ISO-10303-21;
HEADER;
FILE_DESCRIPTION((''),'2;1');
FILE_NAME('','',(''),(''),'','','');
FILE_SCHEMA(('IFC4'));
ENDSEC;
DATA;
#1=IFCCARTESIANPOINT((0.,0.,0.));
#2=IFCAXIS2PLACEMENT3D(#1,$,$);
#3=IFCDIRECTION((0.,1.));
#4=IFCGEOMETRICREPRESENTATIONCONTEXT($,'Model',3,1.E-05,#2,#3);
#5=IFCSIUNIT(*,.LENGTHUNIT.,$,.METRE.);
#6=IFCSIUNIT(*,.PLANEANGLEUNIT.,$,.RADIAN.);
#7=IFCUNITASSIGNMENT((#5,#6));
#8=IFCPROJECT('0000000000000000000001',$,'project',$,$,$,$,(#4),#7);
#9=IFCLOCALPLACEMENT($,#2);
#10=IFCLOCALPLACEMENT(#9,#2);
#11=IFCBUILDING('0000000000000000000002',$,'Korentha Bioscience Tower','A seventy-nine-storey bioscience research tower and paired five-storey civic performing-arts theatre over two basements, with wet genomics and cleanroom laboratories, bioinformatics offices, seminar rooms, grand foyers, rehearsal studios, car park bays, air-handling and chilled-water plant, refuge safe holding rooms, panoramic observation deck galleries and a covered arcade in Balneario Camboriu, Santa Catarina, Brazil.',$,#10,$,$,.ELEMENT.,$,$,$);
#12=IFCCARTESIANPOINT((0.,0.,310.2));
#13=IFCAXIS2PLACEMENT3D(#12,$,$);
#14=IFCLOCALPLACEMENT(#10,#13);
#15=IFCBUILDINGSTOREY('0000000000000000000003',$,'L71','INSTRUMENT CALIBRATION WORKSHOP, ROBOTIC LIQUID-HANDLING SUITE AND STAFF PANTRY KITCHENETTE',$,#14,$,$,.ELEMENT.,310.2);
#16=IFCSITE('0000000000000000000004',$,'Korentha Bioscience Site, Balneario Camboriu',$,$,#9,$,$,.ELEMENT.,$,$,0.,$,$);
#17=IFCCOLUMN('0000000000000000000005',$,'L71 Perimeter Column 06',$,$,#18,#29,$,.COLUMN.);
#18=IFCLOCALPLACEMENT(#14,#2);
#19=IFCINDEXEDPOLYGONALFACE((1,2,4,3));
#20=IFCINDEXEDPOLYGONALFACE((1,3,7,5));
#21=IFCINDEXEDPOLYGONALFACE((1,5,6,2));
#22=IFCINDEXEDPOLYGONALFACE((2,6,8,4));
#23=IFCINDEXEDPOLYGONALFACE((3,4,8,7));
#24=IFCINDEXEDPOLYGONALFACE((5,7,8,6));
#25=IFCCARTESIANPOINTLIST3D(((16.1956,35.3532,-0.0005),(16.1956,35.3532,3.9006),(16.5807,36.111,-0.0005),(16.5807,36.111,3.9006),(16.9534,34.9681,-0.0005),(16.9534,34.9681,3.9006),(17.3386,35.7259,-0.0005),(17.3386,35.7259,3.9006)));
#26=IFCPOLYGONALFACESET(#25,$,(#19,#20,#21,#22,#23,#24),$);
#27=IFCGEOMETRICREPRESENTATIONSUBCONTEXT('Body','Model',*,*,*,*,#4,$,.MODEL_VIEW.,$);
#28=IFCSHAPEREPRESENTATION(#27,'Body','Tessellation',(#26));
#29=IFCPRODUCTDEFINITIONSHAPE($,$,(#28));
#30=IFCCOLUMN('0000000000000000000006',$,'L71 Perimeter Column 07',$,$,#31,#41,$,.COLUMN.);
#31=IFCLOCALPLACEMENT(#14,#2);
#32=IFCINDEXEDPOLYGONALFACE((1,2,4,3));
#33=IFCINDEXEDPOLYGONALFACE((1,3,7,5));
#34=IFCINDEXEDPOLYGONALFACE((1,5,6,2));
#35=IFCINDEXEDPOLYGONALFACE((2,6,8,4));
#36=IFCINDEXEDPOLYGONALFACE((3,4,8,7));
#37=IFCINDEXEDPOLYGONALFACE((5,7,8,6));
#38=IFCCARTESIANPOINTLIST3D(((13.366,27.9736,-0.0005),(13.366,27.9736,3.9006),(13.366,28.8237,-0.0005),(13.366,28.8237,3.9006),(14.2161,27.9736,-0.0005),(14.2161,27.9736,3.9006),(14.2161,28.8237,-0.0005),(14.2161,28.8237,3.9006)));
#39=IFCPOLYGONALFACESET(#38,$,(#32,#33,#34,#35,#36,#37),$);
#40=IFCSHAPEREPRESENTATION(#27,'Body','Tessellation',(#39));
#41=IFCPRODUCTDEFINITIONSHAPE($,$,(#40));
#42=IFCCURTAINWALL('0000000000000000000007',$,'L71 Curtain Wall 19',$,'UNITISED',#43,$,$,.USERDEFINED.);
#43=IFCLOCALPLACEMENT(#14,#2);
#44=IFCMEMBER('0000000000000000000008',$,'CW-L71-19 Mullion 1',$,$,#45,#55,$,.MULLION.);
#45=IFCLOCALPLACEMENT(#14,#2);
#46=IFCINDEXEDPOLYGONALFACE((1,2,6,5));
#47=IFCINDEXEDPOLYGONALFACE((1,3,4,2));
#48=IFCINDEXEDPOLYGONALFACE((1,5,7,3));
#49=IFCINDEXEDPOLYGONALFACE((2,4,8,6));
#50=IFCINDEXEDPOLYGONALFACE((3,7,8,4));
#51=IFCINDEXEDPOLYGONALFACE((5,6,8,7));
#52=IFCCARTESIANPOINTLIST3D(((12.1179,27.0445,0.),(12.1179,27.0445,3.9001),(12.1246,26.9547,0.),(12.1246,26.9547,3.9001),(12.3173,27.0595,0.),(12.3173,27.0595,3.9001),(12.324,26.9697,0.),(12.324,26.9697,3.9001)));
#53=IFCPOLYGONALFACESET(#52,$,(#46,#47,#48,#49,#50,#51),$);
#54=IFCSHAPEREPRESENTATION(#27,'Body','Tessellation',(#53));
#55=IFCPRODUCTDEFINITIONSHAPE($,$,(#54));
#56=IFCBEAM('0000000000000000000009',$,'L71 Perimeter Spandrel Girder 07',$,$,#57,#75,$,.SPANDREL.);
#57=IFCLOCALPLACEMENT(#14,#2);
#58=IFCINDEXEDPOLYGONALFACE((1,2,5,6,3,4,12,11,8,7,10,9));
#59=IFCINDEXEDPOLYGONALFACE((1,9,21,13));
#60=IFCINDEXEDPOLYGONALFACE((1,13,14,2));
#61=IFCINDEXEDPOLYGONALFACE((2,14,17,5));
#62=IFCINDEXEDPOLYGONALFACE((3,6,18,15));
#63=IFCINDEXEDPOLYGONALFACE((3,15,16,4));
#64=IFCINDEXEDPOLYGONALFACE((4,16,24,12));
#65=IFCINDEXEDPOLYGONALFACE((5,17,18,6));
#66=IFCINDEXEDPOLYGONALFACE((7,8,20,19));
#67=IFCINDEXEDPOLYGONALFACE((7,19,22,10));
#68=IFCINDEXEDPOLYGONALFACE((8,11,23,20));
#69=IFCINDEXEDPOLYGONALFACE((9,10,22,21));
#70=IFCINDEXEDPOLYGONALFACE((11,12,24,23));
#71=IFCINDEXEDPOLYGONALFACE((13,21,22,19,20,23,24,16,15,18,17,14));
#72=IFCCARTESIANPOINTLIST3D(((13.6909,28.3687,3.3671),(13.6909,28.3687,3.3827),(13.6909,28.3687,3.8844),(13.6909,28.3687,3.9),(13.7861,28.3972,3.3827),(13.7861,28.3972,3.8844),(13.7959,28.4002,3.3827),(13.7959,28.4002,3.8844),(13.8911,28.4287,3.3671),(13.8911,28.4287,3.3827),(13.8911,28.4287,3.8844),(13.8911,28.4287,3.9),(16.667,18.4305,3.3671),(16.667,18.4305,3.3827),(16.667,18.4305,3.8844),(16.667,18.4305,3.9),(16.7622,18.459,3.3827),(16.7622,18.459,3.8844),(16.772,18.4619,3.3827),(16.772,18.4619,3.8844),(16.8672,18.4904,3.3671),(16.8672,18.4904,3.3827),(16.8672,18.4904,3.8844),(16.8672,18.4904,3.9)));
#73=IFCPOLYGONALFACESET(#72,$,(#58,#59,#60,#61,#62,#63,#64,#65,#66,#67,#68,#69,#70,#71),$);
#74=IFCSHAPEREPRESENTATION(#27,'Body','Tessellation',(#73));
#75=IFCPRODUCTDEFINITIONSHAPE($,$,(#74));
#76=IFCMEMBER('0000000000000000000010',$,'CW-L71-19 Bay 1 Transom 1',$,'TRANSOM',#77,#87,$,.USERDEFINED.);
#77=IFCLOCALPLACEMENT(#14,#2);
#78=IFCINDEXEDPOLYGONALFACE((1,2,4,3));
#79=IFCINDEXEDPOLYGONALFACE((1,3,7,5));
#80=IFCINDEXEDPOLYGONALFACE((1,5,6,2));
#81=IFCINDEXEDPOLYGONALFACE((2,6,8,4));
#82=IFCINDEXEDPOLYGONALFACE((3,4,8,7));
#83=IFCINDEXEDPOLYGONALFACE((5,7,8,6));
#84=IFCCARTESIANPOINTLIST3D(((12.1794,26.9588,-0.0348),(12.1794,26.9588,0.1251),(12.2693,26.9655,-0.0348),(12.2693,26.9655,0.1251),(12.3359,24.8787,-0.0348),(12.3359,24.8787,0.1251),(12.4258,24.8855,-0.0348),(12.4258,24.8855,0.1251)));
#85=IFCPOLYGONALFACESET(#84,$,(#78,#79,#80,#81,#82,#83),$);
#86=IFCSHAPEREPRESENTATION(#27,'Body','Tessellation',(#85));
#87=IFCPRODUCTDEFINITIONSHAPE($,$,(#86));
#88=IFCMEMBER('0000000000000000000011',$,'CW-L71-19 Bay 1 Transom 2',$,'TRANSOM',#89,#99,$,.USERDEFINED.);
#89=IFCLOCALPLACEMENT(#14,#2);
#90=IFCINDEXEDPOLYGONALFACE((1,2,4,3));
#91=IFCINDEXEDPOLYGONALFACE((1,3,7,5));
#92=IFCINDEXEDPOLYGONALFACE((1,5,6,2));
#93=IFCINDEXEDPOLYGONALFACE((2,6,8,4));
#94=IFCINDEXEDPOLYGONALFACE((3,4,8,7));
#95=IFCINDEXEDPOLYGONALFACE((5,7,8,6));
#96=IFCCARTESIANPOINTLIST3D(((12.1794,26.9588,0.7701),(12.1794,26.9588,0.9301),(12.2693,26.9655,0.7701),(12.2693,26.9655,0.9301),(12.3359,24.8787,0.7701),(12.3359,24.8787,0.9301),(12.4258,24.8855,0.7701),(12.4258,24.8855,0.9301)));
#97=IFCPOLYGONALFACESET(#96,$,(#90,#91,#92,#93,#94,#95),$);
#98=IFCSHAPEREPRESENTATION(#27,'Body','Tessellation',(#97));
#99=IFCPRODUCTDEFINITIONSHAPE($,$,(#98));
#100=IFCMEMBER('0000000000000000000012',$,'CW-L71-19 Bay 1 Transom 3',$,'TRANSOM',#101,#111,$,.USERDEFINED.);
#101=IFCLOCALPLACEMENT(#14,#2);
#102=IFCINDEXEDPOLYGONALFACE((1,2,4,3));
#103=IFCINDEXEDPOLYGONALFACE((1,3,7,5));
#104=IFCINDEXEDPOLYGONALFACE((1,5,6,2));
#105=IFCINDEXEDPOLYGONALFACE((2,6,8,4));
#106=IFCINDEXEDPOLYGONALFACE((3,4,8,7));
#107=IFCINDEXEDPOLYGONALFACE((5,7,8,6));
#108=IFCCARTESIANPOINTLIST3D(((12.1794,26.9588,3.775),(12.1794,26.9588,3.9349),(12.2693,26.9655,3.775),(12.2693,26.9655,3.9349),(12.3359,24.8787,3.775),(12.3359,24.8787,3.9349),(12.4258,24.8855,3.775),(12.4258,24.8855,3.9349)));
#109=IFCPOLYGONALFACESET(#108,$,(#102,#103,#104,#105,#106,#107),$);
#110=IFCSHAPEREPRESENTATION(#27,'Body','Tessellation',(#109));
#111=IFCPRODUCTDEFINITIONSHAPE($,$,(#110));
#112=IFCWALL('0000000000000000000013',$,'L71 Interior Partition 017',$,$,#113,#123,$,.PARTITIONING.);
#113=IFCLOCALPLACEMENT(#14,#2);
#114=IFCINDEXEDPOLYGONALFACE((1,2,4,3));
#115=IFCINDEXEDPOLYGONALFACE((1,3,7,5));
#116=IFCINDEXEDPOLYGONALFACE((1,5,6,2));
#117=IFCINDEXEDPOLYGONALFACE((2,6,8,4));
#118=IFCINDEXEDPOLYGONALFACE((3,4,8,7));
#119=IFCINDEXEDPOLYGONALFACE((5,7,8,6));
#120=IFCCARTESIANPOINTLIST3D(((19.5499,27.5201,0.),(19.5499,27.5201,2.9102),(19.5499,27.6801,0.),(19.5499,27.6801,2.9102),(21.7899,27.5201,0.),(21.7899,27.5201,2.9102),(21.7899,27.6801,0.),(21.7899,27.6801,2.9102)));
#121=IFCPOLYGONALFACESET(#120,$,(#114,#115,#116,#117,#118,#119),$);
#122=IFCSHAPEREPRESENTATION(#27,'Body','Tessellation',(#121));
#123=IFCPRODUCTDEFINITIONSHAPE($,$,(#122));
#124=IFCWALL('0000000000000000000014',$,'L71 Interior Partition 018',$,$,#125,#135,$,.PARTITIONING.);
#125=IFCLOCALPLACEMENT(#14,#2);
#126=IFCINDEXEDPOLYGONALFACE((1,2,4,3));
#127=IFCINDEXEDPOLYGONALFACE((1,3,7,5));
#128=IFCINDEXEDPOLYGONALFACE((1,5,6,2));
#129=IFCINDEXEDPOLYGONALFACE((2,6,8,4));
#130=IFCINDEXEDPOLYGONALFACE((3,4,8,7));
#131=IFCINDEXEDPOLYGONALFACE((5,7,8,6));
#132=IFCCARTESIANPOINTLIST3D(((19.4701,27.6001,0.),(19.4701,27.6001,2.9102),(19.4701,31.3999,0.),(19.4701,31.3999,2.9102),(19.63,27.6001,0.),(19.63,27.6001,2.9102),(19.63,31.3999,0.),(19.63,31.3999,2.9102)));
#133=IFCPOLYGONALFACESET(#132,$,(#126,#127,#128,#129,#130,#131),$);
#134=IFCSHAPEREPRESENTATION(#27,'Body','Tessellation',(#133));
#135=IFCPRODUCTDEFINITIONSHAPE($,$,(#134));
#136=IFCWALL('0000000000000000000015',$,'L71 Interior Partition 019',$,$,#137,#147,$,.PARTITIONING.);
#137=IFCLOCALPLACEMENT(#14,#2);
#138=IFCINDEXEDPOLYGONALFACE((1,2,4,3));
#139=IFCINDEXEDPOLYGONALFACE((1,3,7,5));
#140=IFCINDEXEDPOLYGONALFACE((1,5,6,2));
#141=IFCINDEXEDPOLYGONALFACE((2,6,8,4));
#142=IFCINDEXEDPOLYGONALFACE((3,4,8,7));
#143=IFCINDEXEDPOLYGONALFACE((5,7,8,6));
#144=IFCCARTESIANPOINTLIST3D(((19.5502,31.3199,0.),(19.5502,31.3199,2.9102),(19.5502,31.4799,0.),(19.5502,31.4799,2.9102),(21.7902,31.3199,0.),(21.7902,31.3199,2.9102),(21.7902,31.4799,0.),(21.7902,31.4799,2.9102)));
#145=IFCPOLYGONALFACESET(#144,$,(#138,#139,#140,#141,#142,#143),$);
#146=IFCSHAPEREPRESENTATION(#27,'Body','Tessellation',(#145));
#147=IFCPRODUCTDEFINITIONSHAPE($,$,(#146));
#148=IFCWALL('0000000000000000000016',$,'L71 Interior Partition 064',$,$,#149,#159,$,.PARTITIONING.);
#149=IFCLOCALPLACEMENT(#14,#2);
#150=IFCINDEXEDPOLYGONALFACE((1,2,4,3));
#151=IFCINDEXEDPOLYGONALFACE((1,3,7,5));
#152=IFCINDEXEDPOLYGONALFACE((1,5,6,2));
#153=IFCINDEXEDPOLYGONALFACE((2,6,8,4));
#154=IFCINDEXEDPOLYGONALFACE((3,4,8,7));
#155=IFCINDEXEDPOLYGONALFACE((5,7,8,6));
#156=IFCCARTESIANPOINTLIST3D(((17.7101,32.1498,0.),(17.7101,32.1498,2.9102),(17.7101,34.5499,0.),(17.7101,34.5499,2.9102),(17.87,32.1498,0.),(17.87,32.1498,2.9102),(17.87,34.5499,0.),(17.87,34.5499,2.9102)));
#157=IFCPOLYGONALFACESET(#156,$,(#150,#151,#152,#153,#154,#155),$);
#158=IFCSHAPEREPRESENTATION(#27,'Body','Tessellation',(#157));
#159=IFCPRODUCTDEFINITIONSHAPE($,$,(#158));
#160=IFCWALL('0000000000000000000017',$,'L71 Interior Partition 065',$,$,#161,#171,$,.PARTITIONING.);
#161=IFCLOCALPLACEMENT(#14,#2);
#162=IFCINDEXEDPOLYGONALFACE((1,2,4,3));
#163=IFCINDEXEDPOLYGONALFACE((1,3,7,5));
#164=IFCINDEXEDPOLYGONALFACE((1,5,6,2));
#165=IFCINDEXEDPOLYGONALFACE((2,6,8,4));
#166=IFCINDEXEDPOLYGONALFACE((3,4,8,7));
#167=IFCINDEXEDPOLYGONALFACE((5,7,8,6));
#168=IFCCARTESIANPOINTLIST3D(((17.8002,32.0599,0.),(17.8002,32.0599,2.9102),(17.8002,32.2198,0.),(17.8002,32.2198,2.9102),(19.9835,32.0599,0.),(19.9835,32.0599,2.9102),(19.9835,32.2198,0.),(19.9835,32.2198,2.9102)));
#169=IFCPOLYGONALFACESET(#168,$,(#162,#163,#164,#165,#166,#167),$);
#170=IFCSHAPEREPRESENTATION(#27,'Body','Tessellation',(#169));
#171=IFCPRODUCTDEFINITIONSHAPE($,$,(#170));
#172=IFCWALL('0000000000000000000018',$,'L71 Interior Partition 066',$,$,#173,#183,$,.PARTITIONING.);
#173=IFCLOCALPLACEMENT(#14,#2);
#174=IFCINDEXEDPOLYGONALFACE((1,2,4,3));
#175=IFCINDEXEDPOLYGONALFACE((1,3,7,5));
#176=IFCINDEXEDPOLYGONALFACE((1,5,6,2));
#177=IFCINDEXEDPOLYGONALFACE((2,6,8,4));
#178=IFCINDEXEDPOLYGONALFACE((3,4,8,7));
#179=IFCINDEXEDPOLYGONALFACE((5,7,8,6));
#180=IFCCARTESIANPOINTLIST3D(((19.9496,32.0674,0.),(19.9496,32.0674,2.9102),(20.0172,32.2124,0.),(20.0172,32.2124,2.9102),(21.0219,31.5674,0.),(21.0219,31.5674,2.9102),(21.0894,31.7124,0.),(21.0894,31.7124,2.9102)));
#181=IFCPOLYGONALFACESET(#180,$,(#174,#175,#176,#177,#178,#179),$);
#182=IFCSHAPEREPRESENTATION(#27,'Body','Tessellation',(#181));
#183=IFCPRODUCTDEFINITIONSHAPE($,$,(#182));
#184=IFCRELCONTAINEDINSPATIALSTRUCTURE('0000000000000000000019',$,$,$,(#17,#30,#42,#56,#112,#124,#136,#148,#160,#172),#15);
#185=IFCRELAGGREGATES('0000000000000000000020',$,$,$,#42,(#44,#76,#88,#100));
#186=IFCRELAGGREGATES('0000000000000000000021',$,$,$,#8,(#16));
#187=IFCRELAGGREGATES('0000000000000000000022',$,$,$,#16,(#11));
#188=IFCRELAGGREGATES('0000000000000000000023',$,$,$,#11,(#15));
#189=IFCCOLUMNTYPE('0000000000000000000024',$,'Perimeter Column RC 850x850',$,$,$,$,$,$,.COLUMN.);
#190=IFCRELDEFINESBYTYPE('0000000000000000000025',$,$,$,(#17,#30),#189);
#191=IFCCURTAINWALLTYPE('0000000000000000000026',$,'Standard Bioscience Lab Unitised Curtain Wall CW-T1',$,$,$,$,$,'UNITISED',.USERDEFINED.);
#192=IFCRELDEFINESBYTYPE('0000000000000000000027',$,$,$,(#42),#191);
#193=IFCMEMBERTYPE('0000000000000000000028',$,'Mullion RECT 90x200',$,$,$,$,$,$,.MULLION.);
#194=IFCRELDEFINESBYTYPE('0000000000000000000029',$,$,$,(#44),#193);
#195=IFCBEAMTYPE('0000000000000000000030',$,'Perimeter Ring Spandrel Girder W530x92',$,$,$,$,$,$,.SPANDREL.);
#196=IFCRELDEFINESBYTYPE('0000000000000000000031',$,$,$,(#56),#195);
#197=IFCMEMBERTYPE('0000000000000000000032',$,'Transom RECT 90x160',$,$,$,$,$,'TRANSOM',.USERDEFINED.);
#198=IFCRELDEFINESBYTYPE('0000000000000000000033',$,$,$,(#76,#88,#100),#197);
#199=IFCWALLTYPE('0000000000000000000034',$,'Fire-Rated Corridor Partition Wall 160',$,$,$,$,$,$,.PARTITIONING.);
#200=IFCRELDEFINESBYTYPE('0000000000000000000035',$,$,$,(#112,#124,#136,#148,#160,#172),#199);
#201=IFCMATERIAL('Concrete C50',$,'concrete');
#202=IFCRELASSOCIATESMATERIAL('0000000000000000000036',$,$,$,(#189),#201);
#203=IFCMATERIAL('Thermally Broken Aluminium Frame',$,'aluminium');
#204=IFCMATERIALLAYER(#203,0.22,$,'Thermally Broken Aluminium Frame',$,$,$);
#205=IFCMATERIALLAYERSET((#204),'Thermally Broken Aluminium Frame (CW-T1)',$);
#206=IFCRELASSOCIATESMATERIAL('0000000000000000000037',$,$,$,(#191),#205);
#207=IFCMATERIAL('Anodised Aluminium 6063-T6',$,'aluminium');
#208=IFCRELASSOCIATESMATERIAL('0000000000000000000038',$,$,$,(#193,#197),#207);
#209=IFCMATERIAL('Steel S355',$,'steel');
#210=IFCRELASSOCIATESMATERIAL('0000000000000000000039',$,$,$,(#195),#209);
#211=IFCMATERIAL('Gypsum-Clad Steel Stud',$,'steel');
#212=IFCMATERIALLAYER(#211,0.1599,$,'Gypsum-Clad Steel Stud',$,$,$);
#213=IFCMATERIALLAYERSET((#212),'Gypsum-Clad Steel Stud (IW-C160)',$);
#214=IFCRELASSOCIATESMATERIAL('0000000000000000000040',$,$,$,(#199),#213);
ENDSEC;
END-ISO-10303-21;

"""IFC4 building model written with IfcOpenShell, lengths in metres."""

from ifc_helpers import new_model, si_unit, direction, frame, frame_2d, origin, origin_2d, place, context, subcontext, project, spatial, rectangle, i_section, extrude, material, layer, layer_set, material_profile, profile_set, type_object, element, aggregate, save


model = new_model("IFC4")

# Units and contexts
model_context = context("Model", 3, precision=1e-05, world=origin(), true_north=direction((0.0, 1.0)))
body_context = subcontext(model_context, "Body", "Model", "MODEL_VIEW")
ifc_project = project(units=[si_unit("LENGTHUNIT", "METRE"), si_unit("PLANEANGLEUNIT", "RADIAN")], contexts=[model_context])

# Site, building, storey
site_placement = place(None, origin())
site = spatial("IfcSite", under=ifc_project, at=site_placement, Name="Korentha Bioscience Site, Balneario Camboriu", CompositionType="ELEMENT", RefElevation=0.0)
building_placement = place(site_placement, origin())
building = spatial("IfcBuilding", under=site, at=building_placement, Name="Korentha Bioscience Tower", Description="A seventy-nine-storey bioscience research tower and paired five-storey civic performing-arts theatre over two basements, with wet genomics and cleanroom laboratories, bioinformatics offices, seminar rooms, grand foyers, rehearsal studios, car park bays, air-handling and chilled-water plant, refuge safe holding rooms, panoramic observation deck galleries and a covered arcade in Balneario Camboriu, Santa Catarina, Brazil.", CompositionType="ELEMENT")
storey_placement = place(building_placement, frame((0.0, 0.0, 310.2)))
storey = spatial("IfcBuildingStorey", under=building, at=storey_placement, Name="L71", Description="INSTRUMENT CALIBRATION WORKSHOP, ROBOTIC LIQUID-HANDLING SUITE AND STAFF PANTRY KITCHENETTE", CompositionType="ELEMENT", Elevation=310.2)

# Columns
ifc_material_1 = material(Name="Concrete C50", Category="concrete")
ifc_material_profile_1 = material_profile(ifc_material_1, rectangle(XDim=0.8501, YDim=0.8501, at=origin_2d()), Name="Concrete C50")
ifc_profile_set_1 = profile_set([ifc_material_profile_1], Name="Concrete C50 (COL-P08)")
column_type = type_object("IfcColumnType", Name="Perimeter Column RC 850x850", PredefinedType="COLUMN", material=ifc_profile_set_1)
for number, where, z_axis, x_axis, name in (
    (1, (16.7671, 35.5396, -0.0005), (0.0, 0.0, 1.0), (0.453057, 0.891481, 0.0), "L71 Perimeter Column 06"),
    (2, (13.791, 28.3987, -0.0005), (0.0, 0.0, 1.0), (0.0, 1.0, 0.0), "L71 Perimeter Column 07"),
):
    element("IfcColumn", number, at=place(storey_placement, frame(where, z_axis=z_axis, x_axis=x_axis)), inside=storey, type_object=column_type, Name=name, PredefinedType="COLUMN", context=body_context, shape_type="SweptSolid", body=[
        extrude(rectangle(XDim=0.8501, YDim=0.8501, at=origin_2d()), origin(), (0.0, 0.0, 1.0), 3.9011),
    ])

# Curtain wall, member
ifc_material_2 = material(Name="Thermally Broken Aluminium Frame", Category="aluminium")
ifc_layer_1 = layer(ifc_material_2, 0.22, Name="Thermally Broken Aluminium Frame")
ifc_layer_set_1 = layer_set([ifc_layer_1], Name="Thermally Broken Aluminium Frame (CW-T1)")
curtain_wall_type = type_object("IfcCurtainWallType", Name="Standard Bioscience Lab Unitised Curtain Wall CW-T1", ElementType="UNITISED", PredefinedType="USERDEFINED", material=ifc_layer_set_1)
curtain_wall_placement = place(storey_placement, origin())
curtain_wall = element("IfcCurtainWall", 3, at=curtain_wall_placement, inside=storey, type_object=curtain_wall_type, Name="L71 Curtain Wall 19", ObjectType="UNITISED", PredefinedType="USERDEFINED")
ifc_material_3 = material(Name="Anodised Aluminium 6063-T6", Category="aluminium")
ifc_material_profile_2 = material_profile(ifc_material_3, rectangle(XDim=0.0901, YDim=0.2, at=origin_2d()), Name="Anodised Aluminium 6063-T6")
ifc_profile_set_2 = profile_set([ifc_material_profile_2], Name="Anodised Aluminium 6063-T6 (CW-MUL)")
member_type_1 = type_object("IfcMemberType", Name="Mullion RECT 90x200", PredefinedType="MULLION", material=ifc_profile_set_2)
member_1_placement = place(storey_placement, frame((12.2209, 27.0071, 0.0), z_axis=(0.0, 0.0, 1.0), x_axis=(0.075073, -0.997178, 0.0)))
member_1 = element("IfcMember", 4, at=member_1_placement, type_object=member_type_1, Name="CW-L71-19 Mullion 1", PredefinedType="MULLION", context=body_context, shape_type="SweptSolid", body=[
    extrude(rectangle(XDim=0.0901, YDim=0.2, at=origin_2d()), origin(), (0.0, 0.0, 1.0), 3.9001),
])

# Beam
ifc_material_4 = material(Name="Steel S355", Category="steel")
ifc_material_profile_3 = material_profile(ifc_material_4, i_section(OverallWidth=0.209, OverallDepth=0.533, WebThickness=0.0103, FlangeThickness=0.0156, at=origin_2d()), Name="Steel S355")
ifc_profile_set_3 = profile_set([ifc_material_profile_3], Name="Steel S355 (SB-530)")
beam_type = type_object("IfcBeamType", Name="Perimeter Ring Spandrel Girder W530x92", PredefinedType="SPANDREL", material=ifc_profile_set_3)
beam_placement = place(storey_placement, frame((13.791, 28.3987, 3.6335), z_axis=(0.286871, -0.957969, 0.0), x_axis=(0.957969, 0.286871, 0.0)))
element("IfcBeam", 5, at=beam_placement, inside=storey, type_object=beam_type, Name="L71 Perimeter Spandrel Girder 07", PredefinedType="SPANDREL", context=body_context, shape_type="SweptSolid", body=[
    extrude(i_section(OverallWidth=0.209, OverallDepth=0.533, WebThickness=0.0103, FlangeThickness=0.0156, at=origin_2d()), origin(), (0.0, 0.0, 1.0), 10.3743),
])

# Members
ifc_material_profile_4 = material_profile(ifc_material_3, rectangle(XDim=0.0901, YDim=0.1599, at=origin_2d()), Name="Anodised Aluminium 6063-T6")
ifc_profile_set_4 = profile_set([ifc_material_profile_4], Name="Anodised Aluminium 6063-T6 (CW-TRN)")
member_type_2 = type_object("IfcMemberType", Name="Transom RECT 90x160", ElementType="TRANSOM", PredefinedType="USERDEFINED", material=ifc_profile_set_4)
member_2_placement = place(storey_placement, frame((12.2244, 26.9622, 0.0452), z_axis=(0.075023, -0.997182, 0.0), x_axis=(0.997182, 0.075023, 0.0)))
member_2 = element("IfcMember", 6, at=member_2_placement, type_object=member_type_2, Name="CW-L71-19 Bay 1 Transom 1", ObjectType="TRANSOM", PredefinedType="USERDEFINED", context=body_context, shape_type="SweptSolid", body=[
    extrude(rectangle(XDim=0.0901, YDim=0.1599, at=origin_2d()), origin(), (0.0, 0.0, 1.0), 2.0859),
])
member_3_placement = place(storey_placement, frame((12.2244, 26.9622, 0.8501), z_axis=(0.075023, -0.997182, 0.0), x_axis=(0.997182, 0.075023, 0.0)))
member_3 = element("IfcMember", 7, at=member_3_placement, type_object=member_type_2, Name="CW-L71-19 Bay 1 Transom 2", ObjectType="TRANSOM", PredefinedType="USERDEFINED", context=body_context, shape_type="SweptSolid", body=[
    extrude(rectangle(XDim=0.0901, YDim=0.1599, at=origin_2d()), origin(), (0.0, 0.0, 1.0), 2.0859),
])
member_4_placement = place(storey_placement, frame((12.2244, 26.9622, 3.855), z_axis=(0.075023, -0.997182, 0.0), x_axis=(0.997182, 0.075023, 0.0)))
member_4 = element("IfcMember", 8, at=member_4_placement, type_object=member_type_2, Name="CW-L71-19 Bay 1 Transom 3", ObjectType="TRANSOM", PredefinedType="USERDEFINED", context=body_context, shape_type="SweptSolid", body=[
    extrude(rectangle(XDim=0.0901, YDim=0.1599, at=origin_2d()), origin(), (0.0, 0.0, 1.0), 2.0859),
])
aggregate(curtain_wall, [member_1, member_2, member_3, member_4])

# Walls
ifc_material_5 = material(Name="Gypsum-Clad Steel Stud", Category="steel")
ifc_layer_2 = layer(ifc_material_5, 0.1599, Name="Gypsum-Clad Steel Stud")
ifc_layer_set_2 = layer_set([ifc_layer_2], Name="Gypsum-Clad Steel Stud (IW-C160)")
wall_type_1 = type_object("IfcWallType", Name="Fire-Rated Corridor Partition Wall 160", PredefinedType="PARTITIONING", material=ifc_layer_set_2)
wall_1_placement = place(storey_placement, frame((21.79, 27.6001, 0.0), z_axis=(0.0, 0.0, 1.0), x_axis=(-1.0, 0.0, 0.0)))
element("IfcWall", 9, at=wall_1_placement, inside=storey, type_object=wall_type_1, Name="L71 Interior Partition 017", PredefinedType="PARTITIONING", context=body_context, shape_type="SweptSolid", body=[
    extrude(rectangle(XDim=2.24, YDim=0.1599, at=frame_2d((1.1201, 0.0))), origin(), (0.0, 0.0, 1.0), 2.9102),
])
wall_2_placement = place(storey_placement, frame((19.55, 27.6001, 0.0), z_axis=(0.0, 0.0, 1.0), x_axis=(0.0, 1.0, 0.0)))
element("IfcWall", 10, at=wall_2_placement, inside=storey, type_object=wall_type_1, Name="L71 Interior Partition 018", PredefinedType="PARTITIONING", context=body_context, shape_type="SweptSolid", body=[
    extrude(rectangle(XDim=3.7998, YDim=0.1599, at=frame_2d((1.8999, 0.0))), origin(), (0.0, 0.0, 1.0), 2.9102),
])
wall_3_placement = place(storey_placement, frame((19.55, 31.3999, 0.0), z_axis=(0.0, 0.0, 1.0), x_axis=(1.0, 0.0, 0.0)))
element("IfcWall", 11, at=wall_3_placement, inside=storey, type_object=wall_type_1, Name="L71 Interior Partition 019", PredefinedType="PARTITIONING", context=body_context, shape_type="SweptSolid", body=[
    extrude(rectangle(XDim=2.24, YDim=0.1599, at=frame_2d((1.1201, 0.0))), origin(), (0.0, 0.0, 1.0), 2.9102),
])
wall_4_placement = place(storey_placement, frame((17.79, 34.55, 0.0), z_axis=(0.0, 0.0, 1.0), x_axis=(0.0, -1.0, 0.0)))
element("IfcWall", 12, at=wall_4_placement, inside=storey, type_object=wall_type_1, Name="L71 Interior Partition 064", PredefinedType="PARTITIONING", context=body_context, shape_type="SweptSolid", body=[
    extrude(rectangle(XDim=2.4001, YDim=0.1599, at=frame_2d((1.2002, 0.0))), origin(), (0.0, 0.0, 1.0), 2.9102),
])
wall_5_placement = place(storey_placement, frame((17.8, 32.1399, 0.0), z_axis=(0.0, 0.0, 1.0), x_axis=(1.0, 0.0, 0.0)))
element("IfcWall", 13, at=wall_5_placement, inside=storey, type_object=wall_type_1, Name="L71 Interior Partition 065", PredefinedType="PARTITIONING", context=body_context, shape_type="SweptSolid", body=[
    extrude(rectangle(XDim=2.1833, YDim=0.1599, at=frame_2d((1.0918, 0.0))), origin(), (0.0, 0.0, 1.0), 2.9102),
])
wall_6_placement = place(storey_placement, frame((19.9834, 32.1399, 0.0), z_axis=(0.0, 0.0, 1.0), x_axis=(0.90631, -0.422614, 0.0)))
element("IfcWall", 14, at=wall_6_placement, inside=storey, type_object=wall_type_1, Name="L71 Interior Partition 066", PredefinedType="PARTITIONING", context=body_context, shape_type="SweptSolid", body=[
    extrude(rectangle(XDim=1.1831, YDim=0.1599, at=frame_2d((0.5916, 0.0))), origin(), (0.0, 0.0, 1.0), 2.9102),
])

save(model, "model.ifc")
